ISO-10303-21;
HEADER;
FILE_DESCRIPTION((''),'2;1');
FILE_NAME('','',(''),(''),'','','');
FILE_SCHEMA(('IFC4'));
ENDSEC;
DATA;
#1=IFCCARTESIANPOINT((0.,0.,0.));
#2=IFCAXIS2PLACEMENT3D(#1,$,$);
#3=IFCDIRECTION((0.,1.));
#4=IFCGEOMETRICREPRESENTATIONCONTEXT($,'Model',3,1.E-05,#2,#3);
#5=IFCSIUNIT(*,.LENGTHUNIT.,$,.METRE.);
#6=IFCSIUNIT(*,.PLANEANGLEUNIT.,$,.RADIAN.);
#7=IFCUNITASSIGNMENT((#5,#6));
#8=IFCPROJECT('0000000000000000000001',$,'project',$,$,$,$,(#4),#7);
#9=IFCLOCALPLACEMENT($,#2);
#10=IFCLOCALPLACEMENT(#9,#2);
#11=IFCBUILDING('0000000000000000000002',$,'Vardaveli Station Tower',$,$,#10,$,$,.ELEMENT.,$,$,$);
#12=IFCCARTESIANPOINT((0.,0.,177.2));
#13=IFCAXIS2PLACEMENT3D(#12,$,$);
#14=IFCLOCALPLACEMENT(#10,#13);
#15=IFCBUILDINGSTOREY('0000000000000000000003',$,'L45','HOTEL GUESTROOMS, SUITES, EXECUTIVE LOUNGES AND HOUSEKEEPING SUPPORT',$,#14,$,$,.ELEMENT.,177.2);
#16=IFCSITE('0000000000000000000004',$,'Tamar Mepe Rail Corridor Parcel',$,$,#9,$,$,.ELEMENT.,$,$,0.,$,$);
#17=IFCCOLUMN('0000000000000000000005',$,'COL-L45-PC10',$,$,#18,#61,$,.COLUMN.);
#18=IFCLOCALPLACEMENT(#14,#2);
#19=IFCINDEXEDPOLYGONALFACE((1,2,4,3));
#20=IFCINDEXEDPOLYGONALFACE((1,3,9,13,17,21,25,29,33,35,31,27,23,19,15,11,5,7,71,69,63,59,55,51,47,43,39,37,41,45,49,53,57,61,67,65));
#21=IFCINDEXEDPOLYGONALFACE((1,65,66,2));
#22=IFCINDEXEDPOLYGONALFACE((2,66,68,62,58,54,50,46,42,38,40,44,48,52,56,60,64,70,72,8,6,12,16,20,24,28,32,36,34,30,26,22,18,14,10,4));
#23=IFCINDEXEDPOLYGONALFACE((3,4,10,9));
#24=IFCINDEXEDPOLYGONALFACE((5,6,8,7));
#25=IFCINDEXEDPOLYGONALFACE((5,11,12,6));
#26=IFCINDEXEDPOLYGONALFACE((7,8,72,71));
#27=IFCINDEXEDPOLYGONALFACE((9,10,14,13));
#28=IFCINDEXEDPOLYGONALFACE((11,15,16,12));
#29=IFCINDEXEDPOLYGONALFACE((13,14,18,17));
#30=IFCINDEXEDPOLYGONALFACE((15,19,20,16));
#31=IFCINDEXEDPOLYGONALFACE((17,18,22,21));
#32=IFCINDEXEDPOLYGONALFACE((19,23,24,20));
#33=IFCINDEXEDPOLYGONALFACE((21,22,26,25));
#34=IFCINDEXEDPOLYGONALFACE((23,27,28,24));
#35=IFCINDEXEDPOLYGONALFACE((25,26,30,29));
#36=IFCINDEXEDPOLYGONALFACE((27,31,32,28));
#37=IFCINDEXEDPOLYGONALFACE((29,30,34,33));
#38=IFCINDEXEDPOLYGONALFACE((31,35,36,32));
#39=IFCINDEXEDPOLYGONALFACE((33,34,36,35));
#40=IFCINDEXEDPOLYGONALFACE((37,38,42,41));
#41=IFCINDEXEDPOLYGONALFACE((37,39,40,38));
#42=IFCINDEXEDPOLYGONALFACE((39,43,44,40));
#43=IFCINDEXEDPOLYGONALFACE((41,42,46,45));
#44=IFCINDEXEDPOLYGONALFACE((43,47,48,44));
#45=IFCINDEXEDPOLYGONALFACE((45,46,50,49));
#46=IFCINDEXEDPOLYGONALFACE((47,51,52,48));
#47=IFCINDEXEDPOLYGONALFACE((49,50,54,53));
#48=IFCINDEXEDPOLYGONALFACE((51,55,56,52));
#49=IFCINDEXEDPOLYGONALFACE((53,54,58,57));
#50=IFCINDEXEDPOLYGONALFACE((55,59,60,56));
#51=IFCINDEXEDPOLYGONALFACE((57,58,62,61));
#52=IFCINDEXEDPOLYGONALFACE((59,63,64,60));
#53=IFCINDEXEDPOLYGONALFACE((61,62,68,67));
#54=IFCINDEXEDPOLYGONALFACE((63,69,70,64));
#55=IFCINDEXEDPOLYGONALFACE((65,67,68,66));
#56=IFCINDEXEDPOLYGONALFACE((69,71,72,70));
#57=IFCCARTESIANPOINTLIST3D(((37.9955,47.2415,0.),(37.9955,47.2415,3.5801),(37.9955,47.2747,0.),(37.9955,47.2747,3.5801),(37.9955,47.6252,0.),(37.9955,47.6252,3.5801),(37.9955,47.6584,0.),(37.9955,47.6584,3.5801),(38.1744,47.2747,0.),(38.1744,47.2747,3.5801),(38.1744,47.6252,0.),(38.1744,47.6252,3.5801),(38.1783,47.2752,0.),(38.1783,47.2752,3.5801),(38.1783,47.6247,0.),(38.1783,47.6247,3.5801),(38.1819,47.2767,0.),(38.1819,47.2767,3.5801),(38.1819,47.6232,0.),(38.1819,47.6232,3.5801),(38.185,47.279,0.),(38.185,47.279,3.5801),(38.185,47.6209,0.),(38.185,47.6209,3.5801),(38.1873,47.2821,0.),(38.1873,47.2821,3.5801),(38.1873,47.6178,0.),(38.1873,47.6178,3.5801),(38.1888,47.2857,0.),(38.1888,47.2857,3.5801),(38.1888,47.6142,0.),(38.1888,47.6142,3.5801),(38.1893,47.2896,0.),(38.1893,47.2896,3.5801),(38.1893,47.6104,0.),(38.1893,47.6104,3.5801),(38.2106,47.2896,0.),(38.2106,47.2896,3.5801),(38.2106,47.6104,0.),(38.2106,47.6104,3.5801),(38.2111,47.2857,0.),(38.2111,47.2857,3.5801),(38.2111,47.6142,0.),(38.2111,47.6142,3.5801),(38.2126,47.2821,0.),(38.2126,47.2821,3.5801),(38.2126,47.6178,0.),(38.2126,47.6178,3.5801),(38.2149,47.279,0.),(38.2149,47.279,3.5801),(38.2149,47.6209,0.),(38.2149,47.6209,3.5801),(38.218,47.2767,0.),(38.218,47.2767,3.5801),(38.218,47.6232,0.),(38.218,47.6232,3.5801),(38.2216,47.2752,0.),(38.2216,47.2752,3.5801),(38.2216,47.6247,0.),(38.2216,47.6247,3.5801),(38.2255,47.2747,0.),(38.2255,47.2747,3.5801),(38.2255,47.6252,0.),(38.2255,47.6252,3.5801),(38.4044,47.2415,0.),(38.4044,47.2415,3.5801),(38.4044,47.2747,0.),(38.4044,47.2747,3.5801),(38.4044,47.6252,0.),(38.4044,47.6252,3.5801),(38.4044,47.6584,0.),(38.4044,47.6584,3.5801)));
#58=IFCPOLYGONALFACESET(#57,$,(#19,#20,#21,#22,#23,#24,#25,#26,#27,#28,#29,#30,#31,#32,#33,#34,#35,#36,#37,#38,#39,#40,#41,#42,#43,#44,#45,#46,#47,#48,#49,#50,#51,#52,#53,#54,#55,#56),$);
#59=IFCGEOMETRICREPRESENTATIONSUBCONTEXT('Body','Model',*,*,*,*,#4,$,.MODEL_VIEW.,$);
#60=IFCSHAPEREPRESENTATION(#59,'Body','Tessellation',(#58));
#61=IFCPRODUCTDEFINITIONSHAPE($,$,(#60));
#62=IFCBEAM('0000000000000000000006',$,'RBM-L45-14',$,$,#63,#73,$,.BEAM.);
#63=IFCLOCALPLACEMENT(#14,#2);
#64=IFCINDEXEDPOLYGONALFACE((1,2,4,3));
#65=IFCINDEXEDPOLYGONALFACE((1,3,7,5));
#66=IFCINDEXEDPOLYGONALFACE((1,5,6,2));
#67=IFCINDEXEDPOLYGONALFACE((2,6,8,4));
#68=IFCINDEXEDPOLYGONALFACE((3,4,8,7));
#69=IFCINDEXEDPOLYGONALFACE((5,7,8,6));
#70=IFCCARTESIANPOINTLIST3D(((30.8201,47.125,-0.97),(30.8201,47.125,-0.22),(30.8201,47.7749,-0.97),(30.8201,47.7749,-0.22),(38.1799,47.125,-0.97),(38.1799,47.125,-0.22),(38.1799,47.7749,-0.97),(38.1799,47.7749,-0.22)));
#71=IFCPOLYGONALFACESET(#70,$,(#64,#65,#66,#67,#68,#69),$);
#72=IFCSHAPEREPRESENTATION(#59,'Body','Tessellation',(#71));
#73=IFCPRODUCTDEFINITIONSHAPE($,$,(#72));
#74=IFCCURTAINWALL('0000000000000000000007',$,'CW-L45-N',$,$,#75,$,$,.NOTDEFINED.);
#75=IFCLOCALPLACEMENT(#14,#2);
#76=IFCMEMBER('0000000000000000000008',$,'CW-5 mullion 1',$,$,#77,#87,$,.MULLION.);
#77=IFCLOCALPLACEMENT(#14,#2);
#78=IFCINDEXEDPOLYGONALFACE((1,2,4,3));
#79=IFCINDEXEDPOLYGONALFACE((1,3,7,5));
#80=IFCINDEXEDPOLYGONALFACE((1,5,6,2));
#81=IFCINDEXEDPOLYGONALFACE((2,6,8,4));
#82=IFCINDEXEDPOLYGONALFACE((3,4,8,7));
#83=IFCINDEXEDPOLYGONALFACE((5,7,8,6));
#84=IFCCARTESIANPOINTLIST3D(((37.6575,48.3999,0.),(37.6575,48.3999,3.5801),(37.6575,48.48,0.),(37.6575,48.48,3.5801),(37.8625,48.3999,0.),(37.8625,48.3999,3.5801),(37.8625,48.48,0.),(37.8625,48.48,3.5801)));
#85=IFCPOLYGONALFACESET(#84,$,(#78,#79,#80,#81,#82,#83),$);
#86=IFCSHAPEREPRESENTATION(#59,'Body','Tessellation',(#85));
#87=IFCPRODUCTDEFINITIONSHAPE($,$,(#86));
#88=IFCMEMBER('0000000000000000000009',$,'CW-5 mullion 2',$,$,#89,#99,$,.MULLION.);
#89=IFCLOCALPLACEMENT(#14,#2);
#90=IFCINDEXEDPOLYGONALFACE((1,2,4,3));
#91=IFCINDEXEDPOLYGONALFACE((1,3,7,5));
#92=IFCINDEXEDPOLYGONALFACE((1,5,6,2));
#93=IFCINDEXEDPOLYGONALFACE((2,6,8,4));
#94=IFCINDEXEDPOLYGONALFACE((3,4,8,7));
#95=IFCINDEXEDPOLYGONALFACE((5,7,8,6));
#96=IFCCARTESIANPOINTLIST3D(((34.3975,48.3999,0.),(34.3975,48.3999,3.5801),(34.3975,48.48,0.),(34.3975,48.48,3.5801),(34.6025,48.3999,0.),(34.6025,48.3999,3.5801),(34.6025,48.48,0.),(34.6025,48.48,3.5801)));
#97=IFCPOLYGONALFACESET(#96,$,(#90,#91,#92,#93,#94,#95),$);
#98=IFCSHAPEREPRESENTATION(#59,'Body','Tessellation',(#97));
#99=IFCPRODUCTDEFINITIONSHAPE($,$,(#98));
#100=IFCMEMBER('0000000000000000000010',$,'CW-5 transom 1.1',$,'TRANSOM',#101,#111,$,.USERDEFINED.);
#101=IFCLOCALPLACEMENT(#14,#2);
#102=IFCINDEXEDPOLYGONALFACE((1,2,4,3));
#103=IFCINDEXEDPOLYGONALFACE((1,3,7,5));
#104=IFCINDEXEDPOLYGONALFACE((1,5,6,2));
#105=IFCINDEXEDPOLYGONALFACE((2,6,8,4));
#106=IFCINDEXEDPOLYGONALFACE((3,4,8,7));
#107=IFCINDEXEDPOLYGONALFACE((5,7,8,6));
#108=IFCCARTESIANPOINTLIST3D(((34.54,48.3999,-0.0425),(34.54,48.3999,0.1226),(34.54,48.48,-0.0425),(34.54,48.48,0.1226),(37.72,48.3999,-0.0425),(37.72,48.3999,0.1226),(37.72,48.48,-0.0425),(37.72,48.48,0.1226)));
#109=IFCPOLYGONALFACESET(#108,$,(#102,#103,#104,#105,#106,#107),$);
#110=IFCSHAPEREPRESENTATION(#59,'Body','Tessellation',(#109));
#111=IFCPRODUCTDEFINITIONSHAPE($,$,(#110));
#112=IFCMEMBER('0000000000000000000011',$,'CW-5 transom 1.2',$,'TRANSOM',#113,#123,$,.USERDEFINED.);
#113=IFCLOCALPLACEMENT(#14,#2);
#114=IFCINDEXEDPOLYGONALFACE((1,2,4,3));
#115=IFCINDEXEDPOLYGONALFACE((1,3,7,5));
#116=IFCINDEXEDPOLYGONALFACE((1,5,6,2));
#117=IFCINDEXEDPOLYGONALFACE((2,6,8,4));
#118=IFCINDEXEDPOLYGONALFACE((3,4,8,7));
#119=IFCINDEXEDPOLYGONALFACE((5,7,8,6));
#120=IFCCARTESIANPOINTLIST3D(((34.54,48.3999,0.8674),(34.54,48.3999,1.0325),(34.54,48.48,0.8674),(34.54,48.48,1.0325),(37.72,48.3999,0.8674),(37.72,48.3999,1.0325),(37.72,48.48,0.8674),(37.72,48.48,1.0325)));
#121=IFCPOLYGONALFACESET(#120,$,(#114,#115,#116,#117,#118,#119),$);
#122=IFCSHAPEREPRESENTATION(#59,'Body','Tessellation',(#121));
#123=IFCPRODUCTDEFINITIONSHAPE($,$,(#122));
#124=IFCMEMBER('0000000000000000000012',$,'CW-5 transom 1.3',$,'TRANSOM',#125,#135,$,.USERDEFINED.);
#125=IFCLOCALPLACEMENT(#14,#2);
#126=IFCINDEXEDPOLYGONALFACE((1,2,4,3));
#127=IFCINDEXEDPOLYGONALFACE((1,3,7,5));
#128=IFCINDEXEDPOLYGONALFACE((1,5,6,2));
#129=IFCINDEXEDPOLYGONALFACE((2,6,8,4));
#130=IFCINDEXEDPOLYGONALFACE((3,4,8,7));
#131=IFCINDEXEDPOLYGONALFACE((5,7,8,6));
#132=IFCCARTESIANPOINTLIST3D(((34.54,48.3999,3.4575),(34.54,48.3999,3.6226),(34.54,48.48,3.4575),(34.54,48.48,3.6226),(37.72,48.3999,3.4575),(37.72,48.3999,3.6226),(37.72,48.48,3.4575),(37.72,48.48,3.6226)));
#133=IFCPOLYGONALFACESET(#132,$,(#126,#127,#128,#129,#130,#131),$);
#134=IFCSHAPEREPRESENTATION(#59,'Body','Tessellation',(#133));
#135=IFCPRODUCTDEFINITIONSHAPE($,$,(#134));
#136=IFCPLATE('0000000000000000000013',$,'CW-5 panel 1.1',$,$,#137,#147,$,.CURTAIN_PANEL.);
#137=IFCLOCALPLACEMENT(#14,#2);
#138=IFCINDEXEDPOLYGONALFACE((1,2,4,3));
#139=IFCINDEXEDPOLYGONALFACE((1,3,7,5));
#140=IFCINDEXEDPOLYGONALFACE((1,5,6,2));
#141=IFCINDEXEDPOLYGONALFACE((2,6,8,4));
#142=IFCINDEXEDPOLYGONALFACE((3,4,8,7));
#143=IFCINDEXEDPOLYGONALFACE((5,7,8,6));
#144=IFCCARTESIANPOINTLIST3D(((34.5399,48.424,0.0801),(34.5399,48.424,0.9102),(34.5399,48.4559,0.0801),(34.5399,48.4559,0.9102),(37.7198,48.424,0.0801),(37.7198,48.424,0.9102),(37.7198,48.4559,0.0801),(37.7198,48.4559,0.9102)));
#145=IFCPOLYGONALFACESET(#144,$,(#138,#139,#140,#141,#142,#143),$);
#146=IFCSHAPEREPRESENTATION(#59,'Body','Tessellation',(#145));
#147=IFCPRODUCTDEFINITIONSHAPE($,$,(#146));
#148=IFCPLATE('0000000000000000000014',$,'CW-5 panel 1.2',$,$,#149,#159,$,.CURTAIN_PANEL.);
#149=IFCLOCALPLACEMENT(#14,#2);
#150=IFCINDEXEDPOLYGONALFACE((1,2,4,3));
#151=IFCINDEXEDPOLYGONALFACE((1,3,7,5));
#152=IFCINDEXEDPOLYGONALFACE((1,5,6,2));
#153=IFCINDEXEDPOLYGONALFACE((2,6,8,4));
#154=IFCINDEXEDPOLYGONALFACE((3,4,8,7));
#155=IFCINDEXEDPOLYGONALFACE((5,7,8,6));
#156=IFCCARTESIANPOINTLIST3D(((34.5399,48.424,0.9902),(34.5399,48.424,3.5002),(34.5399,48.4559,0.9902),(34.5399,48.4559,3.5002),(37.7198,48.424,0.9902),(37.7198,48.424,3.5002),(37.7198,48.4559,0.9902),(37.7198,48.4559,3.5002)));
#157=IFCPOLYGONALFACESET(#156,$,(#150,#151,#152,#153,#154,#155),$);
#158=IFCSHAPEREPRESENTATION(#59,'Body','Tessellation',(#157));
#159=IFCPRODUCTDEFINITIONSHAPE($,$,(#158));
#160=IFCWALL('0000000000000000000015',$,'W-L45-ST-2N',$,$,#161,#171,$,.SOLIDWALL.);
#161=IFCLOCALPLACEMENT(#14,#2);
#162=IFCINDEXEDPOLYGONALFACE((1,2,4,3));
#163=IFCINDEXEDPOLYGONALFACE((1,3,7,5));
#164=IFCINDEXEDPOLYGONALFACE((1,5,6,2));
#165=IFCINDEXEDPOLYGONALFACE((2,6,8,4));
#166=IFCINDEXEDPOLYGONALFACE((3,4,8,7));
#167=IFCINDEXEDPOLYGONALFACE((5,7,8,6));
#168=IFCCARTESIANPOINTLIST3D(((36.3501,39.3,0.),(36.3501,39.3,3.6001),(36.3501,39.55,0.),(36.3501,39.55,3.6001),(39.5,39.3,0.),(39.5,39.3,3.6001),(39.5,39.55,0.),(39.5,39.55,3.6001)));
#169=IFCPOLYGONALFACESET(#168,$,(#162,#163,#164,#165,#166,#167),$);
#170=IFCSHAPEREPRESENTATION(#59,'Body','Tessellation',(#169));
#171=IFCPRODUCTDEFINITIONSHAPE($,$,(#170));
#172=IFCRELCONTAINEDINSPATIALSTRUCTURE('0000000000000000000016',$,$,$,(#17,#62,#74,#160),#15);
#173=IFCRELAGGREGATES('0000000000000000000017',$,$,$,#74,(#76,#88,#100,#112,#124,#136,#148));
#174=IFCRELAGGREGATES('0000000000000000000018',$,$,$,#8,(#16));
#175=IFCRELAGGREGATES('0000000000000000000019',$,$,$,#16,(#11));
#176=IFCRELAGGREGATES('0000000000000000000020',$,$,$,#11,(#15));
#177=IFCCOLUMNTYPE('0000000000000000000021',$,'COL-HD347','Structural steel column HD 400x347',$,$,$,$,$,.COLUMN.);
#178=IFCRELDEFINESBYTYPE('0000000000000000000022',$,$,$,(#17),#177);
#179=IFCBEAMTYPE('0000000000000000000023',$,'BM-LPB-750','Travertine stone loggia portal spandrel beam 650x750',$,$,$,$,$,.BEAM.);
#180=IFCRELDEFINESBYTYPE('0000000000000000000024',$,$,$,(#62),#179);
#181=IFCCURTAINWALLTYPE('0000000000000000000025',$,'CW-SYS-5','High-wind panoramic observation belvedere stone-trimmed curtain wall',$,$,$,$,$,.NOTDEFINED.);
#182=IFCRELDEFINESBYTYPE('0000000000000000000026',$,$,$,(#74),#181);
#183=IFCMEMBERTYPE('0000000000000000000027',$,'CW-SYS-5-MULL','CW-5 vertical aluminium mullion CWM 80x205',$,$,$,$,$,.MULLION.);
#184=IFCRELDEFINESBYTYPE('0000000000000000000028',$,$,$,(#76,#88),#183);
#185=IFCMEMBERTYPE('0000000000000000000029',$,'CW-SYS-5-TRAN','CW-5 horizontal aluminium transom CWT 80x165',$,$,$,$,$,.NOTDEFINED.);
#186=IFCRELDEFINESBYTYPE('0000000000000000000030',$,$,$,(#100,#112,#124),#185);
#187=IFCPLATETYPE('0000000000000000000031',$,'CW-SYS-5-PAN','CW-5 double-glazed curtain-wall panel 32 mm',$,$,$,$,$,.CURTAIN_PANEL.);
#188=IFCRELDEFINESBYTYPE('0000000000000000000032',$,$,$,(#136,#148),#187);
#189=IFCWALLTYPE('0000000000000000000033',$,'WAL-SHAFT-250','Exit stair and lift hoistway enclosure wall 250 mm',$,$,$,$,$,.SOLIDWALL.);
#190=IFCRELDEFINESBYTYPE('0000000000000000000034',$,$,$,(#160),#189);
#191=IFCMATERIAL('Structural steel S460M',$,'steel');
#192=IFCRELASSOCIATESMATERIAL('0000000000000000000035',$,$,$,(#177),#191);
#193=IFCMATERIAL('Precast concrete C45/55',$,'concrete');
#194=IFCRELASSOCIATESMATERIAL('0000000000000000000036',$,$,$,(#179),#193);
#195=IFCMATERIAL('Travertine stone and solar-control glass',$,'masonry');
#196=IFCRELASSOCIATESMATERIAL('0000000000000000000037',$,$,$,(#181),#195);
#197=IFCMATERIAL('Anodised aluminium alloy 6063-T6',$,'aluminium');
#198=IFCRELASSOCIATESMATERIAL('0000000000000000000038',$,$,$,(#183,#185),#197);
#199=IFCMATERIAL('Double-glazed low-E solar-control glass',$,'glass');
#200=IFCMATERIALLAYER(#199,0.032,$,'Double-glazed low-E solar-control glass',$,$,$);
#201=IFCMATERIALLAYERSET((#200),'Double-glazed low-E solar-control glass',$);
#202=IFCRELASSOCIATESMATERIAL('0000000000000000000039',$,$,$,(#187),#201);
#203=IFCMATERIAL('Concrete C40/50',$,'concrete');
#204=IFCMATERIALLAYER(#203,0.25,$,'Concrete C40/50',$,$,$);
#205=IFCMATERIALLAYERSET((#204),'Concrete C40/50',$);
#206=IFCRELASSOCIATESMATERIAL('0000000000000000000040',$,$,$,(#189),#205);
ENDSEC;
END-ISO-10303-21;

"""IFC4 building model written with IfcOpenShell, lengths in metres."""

from ifc_helpers import new_model, si_unit, direction, frame, frame_2d, origin, origin_2d, place, context, subcontext, project, spatial, rectangle, i_section, extrude, source, transform, mapped, material, layer, layer_set, material_profile, profile_set, type_object, element, aggregate, save


model = new_model("IFC4")

# Units and contexts
model_context = context("Model", 3, precision=1e-05, world=origin(), true_north=direction((0.0, 1.0)))
body_context = subcontext(model_context, "Body", "Model", "MODEL_VIEW")
ifc_project = project(units=[si_unit("LENGTHUNIT", "METRE"), si_unit("PLANEANGLEUNIT", "RADIAN")], contexts=[model_context])

# Site, building, storey
site_placement = place(None, origin())
site = spatial("IfcSite", under=ifc_project, at=site_placement, Name="Tamar Mepe Rail Corridor Parcel", CompositionType="ELEMENT", RefElevation=0.0)
building_placement = place(site_placement, origin())
building = spatial("IfcBuilding", under=site, at=building_placement, Name="Vardaveli Station Tower", CompositionType="ELEMENT")
storey_placement = place(building_placement, frame((0.0, 0.0, 177.2)))
storey = spatial("IfcBuildingStorey", under=building, at=storey_placement, Name="L45", Description="HOTEL GUESTROOMS, SUITES, EXECUTIVE LOUNGES AND HOUSEKEEPING SUPPORT", CompositionType="ELEMENT", Elevation=177.2)

# Column
ifc_material_1 = material(Name="Structural steel S460M", Category="steel")
ifc_material_profile_1 = material_profile(ifc_material_1, i_section(OverallWidth=0.4089, OverallDepth=0.417, WebThickness=0.0212, FlangeThickness=0.0332, FilletRadius=0.0149, at=origin_2d()), Name="HD 400x347")
ifc_profile_set_1 = profile_set([ifc_material_profile_1], Name="Structural steel S460M")
column_type = type_object("IfcColumnType", Name="COL-HD347", Description="Structural steel column HD 400x347", PredefinedType="COLUMN", material=ifc_profile_set_1)
shared_shape_1 = source(origin(), body_context, "Body", "SweptSolid", [
    extrude(i_section(OverallWidth=0.4089, OverallDepth=0.417, WebThickness=0.0212, FlangeThickness=0.0332, FilletRadius=0.0149, at=origin_2d()), origin(), (0.0, 0.0, 1.0), 3.5801),
])
column_placement = place(storey_placement, frame((38.2, 47.45, 0.0), z_axis=(0.0, 0.0, 1.0), x_axis=(1.0, 0.0, 0.0)))
element("IfcColumn", 1, at=column_placement, inside=storey, type_object=column_type, Name="COL-L45-PC10", PredefinedType="COLUMN", context=body_context, shape_type="MappedRepresentation", body=[
    mapped(shared_shape_1, transform((0.0, 0.0, 0.0), scale=1.0)),
])

# Beam
ifc_material_2 = material(Name="Precast concrete C45/55", Category="concrete")
ifc_material_profile_2 = material_profile(ifc_material_2, rectangle(XDim=0.6499, YDim=0.75, at=origin_2d()), Name="LPB 650x750")
ifc_profile_set_2 = profile_set([ifc_material_profile_2], Name="Precast concrete C45/55")
beam_type = type_object("IfcBeamType", Name="BM-LPB-750", Description="Travertine stone loggia portal spandrel beam 650x750", PredefinedType="BEAM", material=ifc_profile_set_2)
shared_shape_2 = source(origin(), body_context, "Body", "SweptSolid", [
    extrude(rectangle(XDim=0.6499, YDim=0.75, at=origin_2d()), origin(), (0.0, 0.0, 1.0), 7.3599),
])
beam_placement = place(storey_placement, frame((38.1799, 47.45, -0.595), z_axis=(-1.0, 0.0, 0.0), x_axis=(0.0, -1.0, 0.0)))
element("IfcBeam", 2, at=beam_placement, inside=storey, type_object=beam_type, Name="RBM-L45-14", PredefinedType="BEAM", context=body_context, shape_type="MappedRepresentation", body=[
    mapped(shared_shape_2, transform((0.0, 0.0, 0.0), scale=1.0)),
])

# Curtain wall, members, plates
ifc_material_3 = material(Name="Travertine stone and solar-control glass", Category="masonry")
curtain_wall_type = type_object("IfcCurtainWallType", Name="CW-SYS-5", Description="High-wind panoramic observation belvedere stone-trimmed curtain wall", PredefinedType="NOTDEFINED", material=ifc_material_3)
curtain_wall_placement = place(storey_placement, origin())
curtain_wall = element("IfcCurtainWall", 3, at=curtain_wall_placement, inside=storey, type_object=curtain_wall_type, Name="CW-L45-N", PredefinedType="NOTDEFINED")
ifc_material_4 = material(Name="Anodised aluminium alloy 6063-T6", Category="aluminium")
ifc_material_profile_3 = material_profile(ifc_material_4, rectangle(XDim=0.0801, YDim=0.2051, at=origin_2d()), Name="CWM 80x205")
ifc_profile_set_3 = profile_set([ifc_material_profile_3], Name="Anodised aluminium alloy 6063-T6")
member_type_1 = type_object("IfcMemberType", Name="CW-SYS-5-MULL", Description="CW-5 vertical aluminium mullion CWM 80x205", PredefinedType="MULLION", material=ifc_profile_set_3)
shared_shape_3 = source(origin(), body_context, "Body", "SweptSolid", [
    extrude(rectangle(XDim=0.0801, YDim=0.2051, at=origin_2d()), origin(), (0.0, 0.0, 1.0), 3.5801),
])
member_1_placement = place(storey_placement, frame((37.76, 48.4399, 0.0), z_axis=(0.0, 0.0, 1.0), x_axis=(0.0, -1.0, 0.0)))
member_1 = element("IfcMember", 4, at=member_1_placement, type_object=member_type_1, Name="CW-5 mullion 1", PredefinedType="MULLION", context=body_context, shape_type="MappedRepresentation", body=[
    mapped(shared_shape_3, transform((0.0, 0.0, 0.0), scale=1.0)),
])
member_2_placement = place(storey_placement, frame((34.5, 48.4399, 0.0), z_axis=(0.0, 0.0, 1.0), x_axis=(0.0, -1.0, 0.0)))
member_2 = element("IfcMember", 5, at=member_2_placement, type_object=member_type_1, Name="CW-5 mullion 2", PredefinedType="MULLION", context=body_context, shape_type="MappedRepresentation", body=[
    mapped(shared_shape_3, transform((0.0, 0.0, 0.0), scale=1.0)),
])
ifc_material_profile_4 = material_profile(ifc_material_4, rectangle(XDim=0.0801, YDim=0.165, at=origin_2d()), Name="CWT 80x165")
ifc_profile_set_4 = profile_set([ifc_material_profile_4], Name="Anodised aluminium alloy 6063-T6")
member_type_2 = type_object("IfcMemberType", Name="CW-SYS-5-TRAN", Description="CW-5 horizontal aluminium transom CWT 80x165", PredefinedType="NOTDEFINED", material=ifc_profile_set_4)
shared_shape_4 = source(origin(), body_context, "Body", "SweptSolid", [
    extrude(rectangle(XDim=0.0801, YDim=0.165, at=origin_2d()), origin(), (0.0, 0.0, 1.0), 3.1799),
])
member_3_placement = place(storey_placement, frame((37.72, 48.4399, 0.04), z_axis=(-1.0, 0.0, 0.0), x_axis=(0.0, -1.0, 0.0)))
member_3 = element("IfcMember", 6, at=member_3_placement, type_object=member_type_2, Name="CW-5 transom 1.1", ObjectType="TRANSOM", PredefinedType="USERDEFINED", context=body_context, shape_type="MappedRepresentation", body=[
    mapped(shared_shape_4, transform((0.0, 0.0, 0.0), scale=1.0)),
])
member_4_placement = place(storey_placement, frame((37.72, 48.4399, 0.95), z_axis=(-1.0, 0.0, 0.0), x_axis=(0.0, -1.0, 0.0)))
member_4 = element("IfcMember", 7, at=member_4_placement, type_object=member_type_2, Name="CW-5 transom 1.2", ObjectType="TRANSOM", PredefinedType="USERDEFINED", context=body_context, shape_type="MappedRepresentation", body=[
    mapped(shared_shape_4, transform((0.0, 0.0, 0.0), scale=1.0)),
])
member_5_placement = place(storey_placement, frame((37.72, 48.4399, 3.54), z_axis=(-1.0, 0.0, 0.0), x_axis=(0.0, -1.0, 0.0)))
member_5 = element("IfcMember", 8, at=member_5_placement, type_object=member_type_2, Name="CW-5 transom 1.3", ObjectType="TRANSOM", PredefinedType="USERDEFINED", context=body_context, shape_type="MappedRepresentation", body=[
    mapped(shared_shape_4, transform((0.0, 0.0, 0.0), scale=1.0)),
])
ifc_material_5 = material(Name="Double-glazed low-E solar-control glass", Category="glass")
ifc_layer_1 = layer(ifc_material_5, 0.032, Name="Double-glazed low-E solar-control glass")
ifc_layer_set_1 = layer_set([ifc_layer_1], Name="Double-glazed low-E solar-control glass")
plate_type = type_object("IfcPlateType", Name="CW-SYS-5-PAN", Description="CW-5 double-glazed curtain-wall panel 32 mm", PredefinedType="CURTAIN_PANEL", material=ifc_layer_set_1)
shared_shape_5 = source(origin(), body_context, "Body", "SweptSolid", [
    extrude(rectangle(XDim=3.1799, YDim=0.032, at=origin_2d()), origin(), (0.0, 0.0, 1.0), 0.8301),
])
plate_1_placement = place(storey_placement, frame((36.1299, 48.4399, 0.0801), z_axis=(0.0, 0.0, 1.0), x_axis=(-1.0, 0.0, 0.0)))
plate_1 = element("IfcPlate", 9, at=plate_1_placement, type_object=plate_type, Name="CW-5 panel 1.1", PredefinedType="CURTAIN_PANEL", context=body_context, shape_type="MappedRepresentation", body=[
    mapped(shared_shape_5, transform((0.0, 0.0, 0.0), scale=1.0)),
])
shared_shape_6 = source(origin(), body_context, "Body", "SweptSolid", [
    extrude(rectangle(XDim=3.1799, YDim=0.032, at=origin_2d()), origin(), (0.0, 0.0, 1.0), 2.51),
])
plate_2_placement = place(storey_placement, frame((36.1299, 48.4399, 0.9902), z_axis=(0.0, 0.0, 1.0), x_axis=(-1.0, 0.0, 0.0)))
plate_2 = element("IfcPlate", 10, at=plate_2_placement, type_object=plate_type, Name="CW-5 panel 1.2", PredefinedType="CURTAIN_PANEL", context=body_context, shape_type="MappedRepresentation", body=[
    mapped(shared_shape_6, transform((0.0, 0.0, 0.0), scale=1.0)),
])
aggregate(curtain_wall, [member_1, member_2, member_3, member_4, member_5, plate_1, plate_2])

# Wall
ifc_material_6 = material(Name="Concrete C40/50", Category="concrete")
ifc_layer_2 = layer(ifc_material_6, 0.25, Name="Concrete C40/50")
ifc_layer_set_2 = layer_set([ifc_layer_2], Name="Concrete C40/50")
wall_type_1 = type_object("IfcWallType", Name="WAL-SHAFT-250", Description="Exit stair and lift hoistway enclosure wall 250 mm", PredefinedType="SOLIDWALL", material=ifc_layer_set_2)
shared_shape_7 = source(origin(), body_context, "Body", "SweptSolid", [
    extrude(rectangle(XDim=3.1499, YDim=0.25, at=frame_2d((1.575, 0.0))), origin(), (0.0, 0.0, 1.0), 3.6001),
])
wall_1_placement = place(storey_placement, frame((36.3501, 39.425, 0.0), z_axis=(0.0, 0.0, 1.0), x_axis=(1.0, 0.0, 0.0)))
element("IfcWall", 11, at=wall_1_placement, inside=storey, type_object=wall_type_1, Name="W-L45-ST-2N", PredefinedType="SOLIDWALL", context=body_context, shape_type="MappedRepresentation", body=[
    mapped(shared_shape_7, transform((0.0, 0.0, 0.0), scale=1.0)),
])

save(model, "model.ifc")
